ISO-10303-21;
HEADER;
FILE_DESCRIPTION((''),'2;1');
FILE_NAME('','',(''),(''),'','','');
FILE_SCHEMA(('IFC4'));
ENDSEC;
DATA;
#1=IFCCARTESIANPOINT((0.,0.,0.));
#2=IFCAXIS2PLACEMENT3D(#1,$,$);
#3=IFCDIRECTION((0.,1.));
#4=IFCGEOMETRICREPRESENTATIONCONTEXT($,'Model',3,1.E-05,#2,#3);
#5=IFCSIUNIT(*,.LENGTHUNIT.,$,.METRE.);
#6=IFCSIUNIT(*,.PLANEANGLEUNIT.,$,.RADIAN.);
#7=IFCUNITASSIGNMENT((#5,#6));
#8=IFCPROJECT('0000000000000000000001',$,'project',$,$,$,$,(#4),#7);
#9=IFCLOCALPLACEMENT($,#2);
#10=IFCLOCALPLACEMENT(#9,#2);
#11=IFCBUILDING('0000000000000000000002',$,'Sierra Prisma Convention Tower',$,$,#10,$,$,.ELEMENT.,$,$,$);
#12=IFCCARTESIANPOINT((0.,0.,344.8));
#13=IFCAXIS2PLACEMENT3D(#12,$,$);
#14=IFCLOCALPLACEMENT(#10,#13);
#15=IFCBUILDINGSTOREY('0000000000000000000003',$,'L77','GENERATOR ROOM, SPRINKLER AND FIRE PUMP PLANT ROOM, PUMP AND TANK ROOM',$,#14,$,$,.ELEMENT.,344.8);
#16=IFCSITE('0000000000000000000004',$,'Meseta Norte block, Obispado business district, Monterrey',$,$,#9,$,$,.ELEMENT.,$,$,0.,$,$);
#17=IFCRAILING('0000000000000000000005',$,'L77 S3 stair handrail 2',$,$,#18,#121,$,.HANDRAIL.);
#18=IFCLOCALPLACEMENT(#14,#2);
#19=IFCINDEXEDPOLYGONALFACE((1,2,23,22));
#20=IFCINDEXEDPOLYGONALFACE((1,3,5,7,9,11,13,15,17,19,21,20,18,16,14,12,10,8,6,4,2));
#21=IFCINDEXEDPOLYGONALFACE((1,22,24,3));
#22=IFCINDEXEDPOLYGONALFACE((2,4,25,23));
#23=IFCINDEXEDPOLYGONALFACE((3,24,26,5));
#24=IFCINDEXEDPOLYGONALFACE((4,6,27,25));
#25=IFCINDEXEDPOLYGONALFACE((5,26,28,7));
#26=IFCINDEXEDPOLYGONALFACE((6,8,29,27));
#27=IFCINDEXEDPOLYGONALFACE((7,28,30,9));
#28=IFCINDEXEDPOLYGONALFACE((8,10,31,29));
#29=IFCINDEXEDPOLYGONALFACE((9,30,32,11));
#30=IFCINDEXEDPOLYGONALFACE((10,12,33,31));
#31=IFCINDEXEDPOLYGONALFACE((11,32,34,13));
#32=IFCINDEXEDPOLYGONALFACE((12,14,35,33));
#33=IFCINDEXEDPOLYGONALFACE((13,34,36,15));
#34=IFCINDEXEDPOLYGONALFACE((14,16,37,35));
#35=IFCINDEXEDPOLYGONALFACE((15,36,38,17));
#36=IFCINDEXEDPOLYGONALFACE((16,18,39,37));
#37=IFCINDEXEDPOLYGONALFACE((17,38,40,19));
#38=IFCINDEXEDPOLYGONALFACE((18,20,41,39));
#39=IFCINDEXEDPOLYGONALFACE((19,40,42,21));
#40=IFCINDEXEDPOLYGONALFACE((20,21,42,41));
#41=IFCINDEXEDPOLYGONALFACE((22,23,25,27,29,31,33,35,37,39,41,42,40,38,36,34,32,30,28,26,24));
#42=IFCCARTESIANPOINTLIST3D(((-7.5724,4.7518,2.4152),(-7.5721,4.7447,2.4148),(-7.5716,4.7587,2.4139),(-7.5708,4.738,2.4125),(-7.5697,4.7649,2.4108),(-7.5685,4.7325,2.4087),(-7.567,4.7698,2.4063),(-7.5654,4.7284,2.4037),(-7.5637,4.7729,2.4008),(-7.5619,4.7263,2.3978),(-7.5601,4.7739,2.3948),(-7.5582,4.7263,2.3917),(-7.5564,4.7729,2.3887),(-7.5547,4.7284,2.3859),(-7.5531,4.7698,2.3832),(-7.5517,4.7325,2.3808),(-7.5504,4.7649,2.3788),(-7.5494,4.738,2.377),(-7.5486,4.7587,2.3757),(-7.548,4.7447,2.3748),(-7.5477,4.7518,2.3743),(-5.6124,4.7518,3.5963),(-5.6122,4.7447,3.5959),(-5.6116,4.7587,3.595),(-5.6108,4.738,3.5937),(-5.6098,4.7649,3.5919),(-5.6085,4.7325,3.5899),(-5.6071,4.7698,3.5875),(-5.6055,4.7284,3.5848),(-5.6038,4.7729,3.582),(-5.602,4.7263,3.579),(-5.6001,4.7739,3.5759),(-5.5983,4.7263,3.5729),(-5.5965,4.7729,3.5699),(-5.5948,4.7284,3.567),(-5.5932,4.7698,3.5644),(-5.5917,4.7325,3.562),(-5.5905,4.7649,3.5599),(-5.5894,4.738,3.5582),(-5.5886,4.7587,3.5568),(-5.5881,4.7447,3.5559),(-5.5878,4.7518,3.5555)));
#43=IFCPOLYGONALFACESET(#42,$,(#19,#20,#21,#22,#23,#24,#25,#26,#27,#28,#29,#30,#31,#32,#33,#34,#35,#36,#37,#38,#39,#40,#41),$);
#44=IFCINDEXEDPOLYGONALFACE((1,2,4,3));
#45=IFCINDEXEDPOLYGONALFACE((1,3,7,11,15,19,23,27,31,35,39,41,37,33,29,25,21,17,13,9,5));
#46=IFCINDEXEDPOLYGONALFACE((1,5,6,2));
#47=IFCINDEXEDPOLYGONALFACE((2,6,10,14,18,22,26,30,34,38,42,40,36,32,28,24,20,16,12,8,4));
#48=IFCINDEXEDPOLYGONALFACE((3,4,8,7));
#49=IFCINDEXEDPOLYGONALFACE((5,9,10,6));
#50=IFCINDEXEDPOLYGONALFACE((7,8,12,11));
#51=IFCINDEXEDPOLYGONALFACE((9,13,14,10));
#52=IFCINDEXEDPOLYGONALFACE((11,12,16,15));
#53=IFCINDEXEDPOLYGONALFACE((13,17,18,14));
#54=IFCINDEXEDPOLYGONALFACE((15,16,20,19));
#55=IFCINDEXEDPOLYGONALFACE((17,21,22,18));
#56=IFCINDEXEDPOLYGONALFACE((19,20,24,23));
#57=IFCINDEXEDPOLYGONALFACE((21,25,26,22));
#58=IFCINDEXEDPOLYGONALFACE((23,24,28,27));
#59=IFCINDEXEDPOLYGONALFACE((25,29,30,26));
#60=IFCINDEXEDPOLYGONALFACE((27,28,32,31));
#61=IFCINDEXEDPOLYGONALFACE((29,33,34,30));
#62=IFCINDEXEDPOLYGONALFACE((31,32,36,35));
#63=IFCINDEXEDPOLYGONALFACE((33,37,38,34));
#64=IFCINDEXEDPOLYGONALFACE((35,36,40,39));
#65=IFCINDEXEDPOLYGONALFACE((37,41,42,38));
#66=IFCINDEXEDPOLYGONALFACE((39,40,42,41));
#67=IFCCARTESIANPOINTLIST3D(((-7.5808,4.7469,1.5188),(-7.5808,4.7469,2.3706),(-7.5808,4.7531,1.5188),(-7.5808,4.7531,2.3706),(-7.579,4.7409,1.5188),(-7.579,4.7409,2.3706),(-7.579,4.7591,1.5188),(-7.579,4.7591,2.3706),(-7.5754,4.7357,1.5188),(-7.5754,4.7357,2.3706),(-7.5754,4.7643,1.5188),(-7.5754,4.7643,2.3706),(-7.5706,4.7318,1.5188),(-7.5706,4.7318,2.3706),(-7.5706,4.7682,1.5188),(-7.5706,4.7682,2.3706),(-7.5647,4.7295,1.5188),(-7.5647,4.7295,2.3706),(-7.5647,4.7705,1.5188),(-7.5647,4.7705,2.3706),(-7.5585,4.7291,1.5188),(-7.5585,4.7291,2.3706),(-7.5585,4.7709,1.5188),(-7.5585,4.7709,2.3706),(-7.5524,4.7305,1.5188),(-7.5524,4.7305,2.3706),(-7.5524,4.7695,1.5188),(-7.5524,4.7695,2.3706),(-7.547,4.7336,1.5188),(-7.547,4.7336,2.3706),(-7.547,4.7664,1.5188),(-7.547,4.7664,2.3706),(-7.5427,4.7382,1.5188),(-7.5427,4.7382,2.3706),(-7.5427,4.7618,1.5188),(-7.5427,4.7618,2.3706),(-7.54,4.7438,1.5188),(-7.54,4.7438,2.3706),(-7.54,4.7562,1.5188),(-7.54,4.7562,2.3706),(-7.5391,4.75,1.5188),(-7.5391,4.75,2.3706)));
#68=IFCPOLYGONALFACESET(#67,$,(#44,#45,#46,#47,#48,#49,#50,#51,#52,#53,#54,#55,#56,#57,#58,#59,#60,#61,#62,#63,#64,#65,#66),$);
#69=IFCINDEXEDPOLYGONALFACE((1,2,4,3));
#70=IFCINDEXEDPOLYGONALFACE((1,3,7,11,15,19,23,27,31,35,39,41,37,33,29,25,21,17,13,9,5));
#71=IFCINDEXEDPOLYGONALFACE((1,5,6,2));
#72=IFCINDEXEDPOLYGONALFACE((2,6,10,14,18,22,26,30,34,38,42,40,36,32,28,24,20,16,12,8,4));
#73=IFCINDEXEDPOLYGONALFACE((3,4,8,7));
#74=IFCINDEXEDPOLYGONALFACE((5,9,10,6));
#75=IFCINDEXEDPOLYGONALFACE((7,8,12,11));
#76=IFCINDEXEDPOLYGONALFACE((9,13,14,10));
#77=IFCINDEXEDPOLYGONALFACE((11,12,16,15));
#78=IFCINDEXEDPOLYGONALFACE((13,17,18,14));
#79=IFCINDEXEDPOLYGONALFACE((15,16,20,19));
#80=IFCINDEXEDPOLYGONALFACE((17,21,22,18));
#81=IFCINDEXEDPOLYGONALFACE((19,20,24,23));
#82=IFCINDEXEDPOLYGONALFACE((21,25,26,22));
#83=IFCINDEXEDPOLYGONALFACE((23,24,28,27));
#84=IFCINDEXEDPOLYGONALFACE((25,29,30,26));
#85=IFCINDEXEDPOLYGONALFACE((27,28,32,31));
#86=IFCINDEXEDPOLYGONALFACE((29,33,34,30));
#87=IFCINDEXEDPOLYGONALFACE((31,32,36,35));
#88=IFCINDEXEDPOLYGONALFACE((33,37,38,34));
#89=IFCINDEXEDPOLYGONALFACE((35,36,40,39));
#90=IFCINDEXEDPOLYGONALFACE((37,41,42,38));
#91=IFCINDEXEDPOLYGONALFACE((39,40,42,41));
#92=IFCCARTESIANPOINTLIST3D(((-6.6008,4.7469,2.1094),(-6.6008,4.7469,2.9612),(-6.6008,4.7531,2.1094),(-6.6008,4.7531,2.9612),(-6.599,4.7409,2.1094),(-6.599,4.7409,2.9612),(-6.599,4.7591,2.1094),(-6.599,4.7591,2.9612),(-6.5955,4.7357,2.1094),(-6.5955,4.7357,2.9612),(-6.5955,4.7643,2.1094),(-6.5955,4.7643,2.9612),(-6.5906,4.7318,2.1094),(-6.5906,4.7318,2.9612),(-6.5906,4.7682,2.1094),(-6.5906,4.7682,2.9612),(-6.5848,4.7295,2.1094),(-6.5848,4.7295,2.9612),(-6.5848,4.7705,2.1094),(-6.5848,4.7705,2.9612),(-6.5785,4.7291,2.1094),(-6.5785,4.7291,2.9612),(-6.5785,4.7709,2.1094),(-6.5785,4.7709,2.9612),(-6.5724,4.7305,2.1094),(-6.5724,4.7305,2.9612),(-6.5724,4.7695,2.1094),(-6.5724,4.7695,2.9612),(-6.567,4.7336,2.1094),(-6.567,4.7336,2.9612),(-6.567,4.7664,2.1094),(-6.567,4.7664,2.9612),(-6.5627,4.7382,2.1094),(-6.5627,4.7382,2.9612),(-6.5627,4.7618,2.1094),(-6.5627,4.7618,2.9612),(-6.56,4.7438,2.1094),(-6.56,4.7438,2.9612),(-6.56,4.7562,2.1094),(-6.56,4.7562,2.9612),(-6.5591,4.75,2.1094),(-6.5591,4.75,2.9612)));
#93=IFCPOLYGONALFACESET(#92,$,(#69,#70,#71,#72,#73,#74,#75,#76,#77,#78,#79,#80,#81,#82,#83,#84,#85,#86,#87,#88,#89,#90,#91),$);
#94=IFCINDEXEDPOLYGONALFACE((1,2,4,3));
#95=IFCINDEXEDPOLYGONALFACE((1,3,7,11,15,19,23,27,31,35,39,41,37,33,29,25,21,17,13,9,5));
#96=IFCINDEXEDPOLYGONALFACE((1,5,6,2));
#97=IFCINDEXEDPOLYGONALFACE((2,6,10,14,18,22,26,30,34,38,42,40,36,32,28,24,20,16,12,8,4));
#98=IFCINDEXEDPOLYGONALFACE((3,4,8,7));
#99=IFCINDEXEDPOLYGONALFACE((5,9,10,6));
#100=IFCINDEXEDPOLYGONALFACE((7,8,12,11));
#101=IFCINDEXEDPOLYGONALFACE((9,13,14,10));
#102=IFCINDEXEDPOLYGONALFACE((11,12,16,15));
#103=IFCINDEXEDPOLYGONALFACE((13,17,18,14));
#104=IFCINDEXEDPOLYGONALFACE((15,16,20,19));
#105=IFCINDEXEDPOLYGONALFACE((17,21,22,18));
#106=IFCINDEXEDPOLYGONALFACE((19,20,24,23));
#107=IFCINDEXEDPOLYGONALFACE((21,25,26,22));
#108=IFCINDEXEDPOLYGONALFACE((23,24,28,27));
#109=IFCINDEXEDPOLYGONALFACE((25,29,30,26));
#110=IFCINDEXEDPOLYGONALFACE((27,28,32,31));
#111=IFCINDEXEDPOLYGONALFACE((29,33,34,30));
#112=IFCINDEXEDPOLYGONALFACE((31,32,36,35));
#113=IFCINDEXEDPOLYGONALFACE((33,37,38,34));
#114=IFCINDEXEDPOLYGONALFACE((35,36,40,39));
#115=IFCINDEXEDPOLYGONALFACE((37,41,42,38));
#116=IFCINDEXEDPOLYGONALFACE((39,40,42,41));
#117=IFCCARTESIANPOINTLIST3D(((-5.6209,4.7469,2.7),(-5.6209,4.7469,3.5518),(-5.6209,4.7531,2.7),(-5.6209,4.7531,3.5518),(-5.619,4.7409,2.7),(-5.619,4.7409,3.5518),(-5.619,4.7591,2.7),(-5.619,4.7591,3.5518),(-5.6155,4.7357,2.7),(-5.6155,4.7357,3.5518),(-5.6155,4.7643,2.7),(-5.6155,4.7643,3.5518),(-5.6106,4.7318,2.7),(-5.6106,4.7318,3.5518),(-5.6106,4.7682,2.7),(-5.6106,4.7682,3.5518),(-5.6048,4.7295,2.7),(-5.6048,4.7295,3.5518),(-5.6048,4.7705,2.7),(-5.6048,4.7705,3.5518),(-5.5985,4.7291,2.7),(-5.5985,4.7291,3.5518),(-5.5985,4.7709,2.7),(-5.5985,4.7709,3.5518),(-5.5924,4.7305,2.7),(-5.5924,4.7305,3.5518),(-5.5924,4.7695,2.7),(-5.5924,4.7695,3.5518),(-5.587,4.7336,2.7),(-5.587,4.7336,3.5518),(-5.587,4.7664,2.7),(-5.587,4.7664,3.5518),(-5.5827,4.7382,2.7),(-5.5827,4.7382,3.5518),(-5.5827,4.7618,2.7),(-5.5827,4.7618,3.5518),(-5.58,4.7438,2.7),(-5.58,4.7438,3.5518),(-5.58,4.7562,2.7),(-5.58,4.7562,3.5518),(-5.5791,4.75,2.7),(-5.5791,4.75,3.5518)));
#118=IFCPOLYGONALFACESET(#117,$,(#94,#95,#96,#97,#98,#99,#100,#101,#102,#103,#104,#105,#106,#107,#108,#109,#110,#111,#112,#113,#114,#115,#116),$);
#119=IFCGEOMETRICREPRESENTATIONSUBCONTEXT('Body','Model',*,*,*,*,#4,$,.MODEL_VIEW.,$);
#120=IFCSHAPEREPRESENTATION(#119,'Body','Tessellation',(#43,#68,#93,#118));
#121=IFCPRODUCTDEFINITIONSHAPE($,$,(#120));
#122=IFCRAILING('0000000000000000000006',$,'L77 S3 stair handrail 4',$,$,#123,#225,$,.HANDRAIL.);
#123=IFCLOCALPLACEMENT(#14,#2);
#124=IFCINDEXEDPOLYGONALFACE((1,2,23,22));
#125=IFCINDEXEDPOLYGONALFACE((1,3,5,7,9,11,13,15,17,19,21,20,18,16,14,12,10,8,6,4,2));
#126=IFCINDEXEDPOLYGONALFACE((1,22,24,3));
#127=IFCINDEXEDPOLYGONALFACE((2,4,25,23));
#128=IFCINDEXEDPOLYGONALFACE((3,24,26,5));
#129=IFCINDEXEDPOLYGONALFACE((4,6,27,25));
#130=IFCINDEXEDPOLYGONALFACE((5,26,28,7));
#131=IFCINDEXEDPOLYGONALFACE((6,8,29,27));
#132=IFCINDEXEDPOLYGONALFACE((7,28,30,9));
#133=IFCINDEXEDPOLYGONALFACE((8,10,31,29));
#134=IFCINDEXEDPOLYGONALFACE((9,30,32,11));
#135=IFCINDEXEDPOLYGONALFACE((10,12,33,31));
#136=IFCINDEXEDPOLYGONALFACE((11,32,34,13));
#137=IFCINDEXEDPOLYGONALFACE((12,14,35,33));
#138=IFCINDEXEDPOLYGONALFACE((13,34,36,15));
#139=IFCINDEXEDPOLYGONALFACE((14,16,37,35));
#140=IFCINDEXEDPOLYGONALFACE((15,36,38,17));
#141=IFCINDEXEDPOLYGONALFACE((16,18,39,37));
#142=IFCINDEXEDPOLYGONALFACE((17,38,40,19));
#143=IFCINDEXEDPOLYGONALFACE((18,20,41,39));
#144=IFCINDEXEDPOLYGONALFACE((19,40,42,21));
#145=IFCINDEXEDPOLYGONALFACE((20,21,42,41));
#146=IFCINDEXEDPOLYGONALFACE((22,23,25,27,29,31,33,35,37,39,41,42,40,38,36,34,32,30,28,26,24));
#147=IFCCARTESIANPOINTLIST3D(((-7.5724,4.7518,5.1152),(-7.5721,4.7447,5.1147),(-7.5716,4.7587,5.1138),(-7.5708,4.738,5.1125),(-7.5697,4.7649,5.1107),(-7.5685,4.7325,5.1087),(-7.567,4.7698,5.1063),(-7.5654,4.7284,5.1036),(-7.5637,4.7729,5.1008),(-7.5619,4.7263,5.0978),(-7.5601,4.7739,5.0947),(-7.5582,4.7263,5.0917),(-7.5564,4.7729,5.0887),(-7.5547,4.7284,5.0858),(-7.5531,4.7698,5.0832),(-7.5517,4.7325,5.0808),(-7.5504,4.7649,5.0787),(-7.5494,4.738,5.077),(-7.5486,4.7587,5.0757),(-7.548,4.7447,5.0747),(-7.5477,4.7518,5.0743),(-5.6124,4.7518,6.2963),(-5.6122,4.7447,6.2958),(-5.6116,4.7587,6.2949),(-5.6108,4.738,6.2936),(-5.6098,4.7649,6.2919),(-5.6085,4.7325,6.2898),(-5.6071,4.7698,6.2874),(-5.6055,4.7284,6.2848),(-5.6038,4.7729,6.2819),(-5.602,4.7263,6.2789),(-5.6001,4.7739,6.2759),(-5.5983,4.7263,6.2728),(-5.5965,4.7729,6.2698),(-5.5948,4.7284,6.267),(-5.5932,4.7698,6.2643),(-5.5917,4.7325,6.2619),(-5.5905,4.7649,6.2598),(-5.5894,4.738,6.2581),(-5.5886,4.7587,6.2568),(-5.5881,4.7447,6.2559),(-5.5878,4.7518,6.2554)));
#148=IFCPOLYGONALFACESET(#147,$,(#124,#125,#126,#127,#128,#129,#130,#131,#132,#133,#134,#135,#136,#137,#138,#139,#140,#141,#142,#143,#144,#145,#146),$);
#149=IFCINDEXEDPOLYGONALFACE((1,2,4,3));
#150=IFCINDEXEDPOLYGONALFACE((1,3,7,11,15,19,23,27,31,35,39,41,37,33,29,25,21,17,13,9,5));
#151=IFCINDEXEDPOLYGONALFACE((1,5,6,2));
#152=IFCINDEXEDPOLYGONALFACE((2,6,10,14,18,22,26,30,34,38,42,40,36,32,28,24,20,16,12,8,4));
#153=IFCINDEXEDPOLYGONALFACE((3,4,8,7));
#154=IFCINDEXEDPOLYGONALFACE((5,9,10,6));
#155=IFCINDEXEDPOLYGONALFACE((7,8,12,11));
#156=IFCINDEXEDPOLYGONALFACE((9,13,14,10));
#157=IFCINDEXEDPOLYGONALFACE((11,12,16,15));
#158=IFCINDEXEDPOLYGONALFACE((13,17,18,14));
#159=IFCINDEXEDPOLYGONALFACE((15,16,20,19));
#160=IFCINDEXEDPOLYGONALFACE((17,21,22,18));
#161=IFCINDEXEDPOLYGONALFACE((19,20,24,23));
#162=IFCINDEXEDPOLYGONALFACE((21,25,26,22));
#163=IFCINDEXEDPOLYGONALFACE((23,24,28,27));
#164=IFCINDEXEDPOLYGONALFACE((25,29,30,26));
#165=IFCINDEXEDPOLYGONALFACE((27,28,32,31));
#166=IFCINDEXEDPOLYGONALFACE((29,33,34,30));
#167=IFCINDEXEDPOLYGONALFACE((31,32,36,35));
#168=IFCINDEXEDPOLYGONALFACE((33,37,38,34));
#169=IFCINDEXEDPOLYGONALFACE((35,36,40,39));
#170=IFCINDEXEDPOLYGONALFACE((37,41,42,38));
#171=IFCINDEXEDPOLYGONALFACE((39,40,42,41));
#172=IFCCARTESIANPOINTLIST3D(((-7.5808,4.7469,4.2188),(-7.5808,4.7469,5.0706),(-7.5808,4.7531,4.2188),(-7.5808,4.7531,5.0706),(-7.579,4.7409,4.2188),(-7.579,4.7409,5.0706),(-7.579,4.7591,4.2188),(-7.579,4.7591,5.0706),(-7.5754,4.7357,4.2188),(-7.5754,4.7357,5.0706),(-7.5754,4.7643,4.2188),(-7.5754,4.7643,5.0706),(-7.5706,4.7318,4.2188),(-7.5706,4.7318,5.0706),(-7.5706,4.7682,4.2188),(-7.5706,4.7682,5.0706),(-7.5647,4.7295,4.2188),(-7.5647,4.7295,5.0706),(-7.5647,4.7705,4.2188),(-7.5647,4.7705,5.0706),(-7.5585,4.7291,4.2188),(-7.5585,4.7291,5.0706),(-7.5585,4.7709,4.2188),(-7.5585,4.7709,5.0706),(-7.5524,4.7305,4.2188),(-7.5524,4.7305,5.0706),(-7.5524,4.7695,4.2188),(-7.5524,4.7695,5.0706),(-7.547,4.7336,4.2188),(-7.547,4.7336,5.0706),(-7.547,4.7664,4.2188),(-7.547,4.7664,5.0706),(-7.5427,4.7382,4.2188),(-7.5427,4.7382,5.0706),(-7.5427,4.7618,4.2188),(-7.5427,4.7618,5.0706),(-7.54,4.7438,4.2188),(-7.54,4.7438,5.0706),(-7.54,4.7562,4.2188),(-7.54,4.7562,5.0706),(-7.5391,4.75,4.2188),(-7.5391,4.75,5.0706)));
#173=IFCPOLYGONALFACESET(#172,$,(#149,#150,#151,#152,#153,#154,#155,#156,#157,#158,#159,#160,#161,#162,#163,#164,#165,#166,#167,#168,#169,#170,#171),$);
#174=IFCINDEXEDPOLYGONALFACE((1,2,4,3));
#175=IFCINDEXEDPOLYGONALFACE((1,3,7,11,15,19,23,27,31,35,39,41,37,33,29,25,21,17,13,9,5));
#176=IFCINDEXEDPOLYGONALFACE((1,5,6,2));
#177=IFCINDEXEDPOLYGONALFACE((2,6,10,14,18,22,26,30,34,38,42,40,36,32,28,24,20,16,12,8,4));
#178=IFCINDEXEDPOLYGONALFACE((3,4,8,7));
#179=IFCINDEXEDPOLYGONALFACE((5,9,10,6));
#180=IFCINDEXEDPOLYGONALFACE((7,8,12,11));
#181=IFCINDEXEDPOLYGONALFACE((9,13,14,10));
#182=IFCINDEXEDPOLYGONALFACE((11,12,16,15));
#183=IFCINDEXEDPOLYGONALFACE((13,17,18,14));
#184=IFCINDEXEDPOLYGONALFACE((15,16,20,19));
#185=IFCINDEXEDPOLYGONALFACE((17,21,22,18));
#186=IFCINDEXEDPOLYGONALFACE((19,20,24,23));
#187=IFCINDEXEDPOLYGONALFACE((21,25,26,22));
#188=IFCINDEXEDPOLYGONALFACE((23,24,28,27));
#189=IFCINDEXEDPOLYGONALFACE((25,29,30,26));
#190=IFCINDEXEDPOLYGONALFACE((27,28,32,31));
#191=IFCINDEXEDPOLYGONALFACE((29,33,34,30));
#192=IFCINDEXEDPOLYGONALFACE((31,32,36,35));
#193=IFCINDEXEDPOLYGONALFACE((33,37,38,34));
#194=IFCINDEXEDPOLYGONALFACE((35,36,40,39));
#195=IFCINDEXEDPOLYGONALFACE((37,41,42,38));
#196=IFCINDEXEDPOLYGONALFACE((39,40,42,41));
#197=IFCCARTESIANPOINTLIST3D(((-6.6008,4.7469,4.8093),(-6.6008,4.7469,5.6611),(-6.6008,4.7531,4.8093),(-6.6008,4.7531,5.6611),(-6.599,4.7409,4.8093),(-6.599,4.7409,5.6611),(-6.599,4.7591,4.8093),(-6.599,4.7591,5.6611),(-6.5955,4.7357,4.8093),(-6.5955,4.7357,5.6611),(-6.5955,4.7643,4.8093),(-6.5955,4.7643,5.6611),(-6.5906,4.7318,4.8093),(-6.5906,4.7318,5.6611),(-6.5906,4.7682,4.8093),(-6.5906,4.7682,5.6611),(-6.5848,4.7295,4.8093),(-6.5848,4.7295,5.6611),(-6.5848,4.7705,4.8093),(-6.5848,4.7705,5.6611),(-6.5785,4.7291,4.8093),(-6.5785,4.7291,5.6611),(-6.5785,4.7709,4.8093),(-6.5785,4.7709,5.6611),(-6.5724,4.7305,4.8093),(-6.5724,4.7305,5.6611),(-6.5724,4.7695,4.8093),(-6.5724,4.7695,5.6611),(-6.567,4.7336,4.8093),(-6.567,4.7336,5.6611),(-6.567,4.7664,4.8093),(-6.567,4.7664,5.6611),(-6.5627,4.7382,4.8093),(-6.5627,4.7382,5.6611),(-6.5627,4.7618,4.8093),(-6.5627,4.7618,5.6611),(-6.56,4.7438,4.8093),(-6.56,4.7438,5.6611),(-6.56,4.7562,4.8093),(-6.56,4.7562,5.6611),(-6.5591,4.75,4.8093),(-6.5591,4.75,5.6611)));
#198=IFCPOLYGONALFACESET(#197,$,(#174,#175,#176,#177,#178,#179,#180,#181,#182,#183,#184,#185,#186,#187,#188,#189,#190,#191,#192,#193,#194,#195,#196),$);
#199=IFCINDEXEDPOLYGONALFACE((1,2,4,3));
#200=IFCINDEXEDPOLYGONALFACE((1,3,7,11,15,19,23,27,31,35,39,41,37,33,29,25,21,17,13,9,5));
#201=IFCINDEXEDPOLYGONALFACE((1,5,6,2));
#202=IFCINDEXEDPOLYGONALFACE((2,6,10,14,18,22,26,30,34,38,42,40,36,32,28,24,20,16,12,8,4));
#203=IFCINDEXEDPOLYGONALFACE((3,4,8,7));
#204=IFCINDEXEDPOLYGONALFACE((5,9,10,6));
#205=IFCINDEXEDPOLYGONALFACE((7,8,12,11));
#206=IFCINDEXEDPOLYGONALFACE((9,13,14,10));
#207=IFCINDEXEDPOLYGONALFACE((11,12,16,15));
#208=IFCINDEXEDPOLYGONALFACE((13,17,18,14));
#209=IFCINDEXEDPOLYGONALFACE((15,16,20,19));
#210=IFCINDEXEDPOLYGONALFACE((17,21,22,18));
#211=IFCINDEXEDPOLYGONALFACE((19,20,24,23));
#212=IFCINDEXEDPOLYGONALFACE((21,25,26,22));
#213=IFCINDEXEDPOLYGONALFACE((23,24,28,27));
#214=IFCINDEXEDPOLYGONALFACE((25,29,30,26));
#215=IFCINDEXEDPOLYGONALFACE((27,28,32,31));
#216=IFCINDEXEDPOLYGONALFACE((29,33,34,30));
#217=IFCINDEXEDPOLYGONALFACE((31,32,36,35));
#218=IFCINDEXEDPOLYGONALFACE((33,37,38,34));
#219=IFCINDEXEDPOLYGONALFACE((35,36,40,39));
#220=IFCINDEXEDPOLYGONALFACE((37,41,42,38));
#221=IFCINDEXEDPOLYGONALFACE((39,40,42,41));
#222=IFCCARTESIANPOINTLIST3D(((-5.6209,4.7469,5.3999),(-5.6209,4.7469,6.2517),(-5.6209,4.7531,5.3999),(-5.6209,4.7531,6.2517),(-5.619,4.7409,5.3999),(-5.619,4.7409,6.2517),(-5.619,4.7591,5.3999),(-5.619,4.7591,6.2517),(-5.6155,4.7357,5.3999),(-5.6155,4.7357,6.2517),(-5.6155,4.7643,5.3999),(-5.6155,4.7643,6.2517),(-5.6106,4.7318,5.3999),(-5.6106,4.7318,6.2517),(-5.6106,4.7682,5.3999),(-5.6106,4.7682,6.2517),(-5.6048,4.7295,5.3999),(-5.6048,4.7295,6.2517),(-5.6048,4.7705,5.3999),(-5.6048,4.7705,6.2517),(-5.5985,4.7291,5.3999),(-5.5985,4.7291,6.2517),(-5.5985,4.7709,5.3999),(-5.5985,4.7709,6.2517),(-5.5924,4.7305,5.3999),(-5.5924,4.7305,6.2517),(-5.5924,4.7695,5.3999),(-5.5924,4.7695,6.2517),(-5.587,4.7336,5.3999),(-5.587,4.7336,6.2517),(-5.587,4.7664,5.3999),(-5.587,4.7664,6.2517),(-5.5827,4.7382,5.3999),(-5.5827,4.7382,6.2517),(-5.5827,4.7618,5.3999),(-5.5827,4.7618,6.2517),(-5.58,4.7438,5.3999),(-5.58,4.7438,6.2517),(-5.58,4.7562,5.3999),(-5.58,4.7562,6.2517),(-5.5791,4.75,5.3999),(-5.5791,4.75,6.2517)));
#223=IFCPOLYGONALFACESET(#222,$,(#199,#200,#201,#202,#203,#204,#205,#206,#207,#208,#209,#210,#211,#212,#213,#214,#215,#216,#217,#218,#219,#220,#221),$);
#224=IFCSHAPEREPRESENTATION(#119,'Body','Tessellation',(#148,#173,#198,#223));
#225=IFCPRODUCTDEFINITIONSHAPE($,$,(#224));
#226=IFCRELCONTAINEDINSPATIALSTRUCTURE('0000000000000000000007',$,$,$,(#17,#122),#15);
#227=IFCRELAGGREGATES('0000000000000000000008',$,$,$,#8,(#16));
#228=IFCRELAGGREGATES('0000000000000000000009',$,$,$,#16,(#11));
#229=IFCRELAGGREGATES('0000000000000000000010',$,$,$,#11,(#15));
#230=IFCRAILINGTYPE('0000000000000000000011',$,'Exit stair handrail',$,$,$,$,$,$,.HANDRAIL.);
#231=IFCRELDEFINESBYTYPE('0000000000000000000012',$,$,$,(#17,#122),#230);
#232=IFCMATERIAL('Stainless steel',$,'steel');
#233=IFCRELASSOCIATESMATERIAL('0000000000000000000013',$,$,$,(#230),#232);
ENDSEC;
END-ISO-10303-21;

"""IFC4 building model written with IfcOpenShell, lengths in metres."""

from ifc_helpers import new_model, si_unit, direction, frame, origin, origin_2d, place, context, subcontext, project, spatial, circle, extrude, material, type_object, element, save


model = new_model("IFC4")

# Units and contexts
model_context = context("Model", 3, precision=1e-05, world=origin(), true_north=direction((0.0, 1.0)))
body_context = subcontext(model_context, "Body", "Model", "MODEL_VIEW")
ifc_project = project(units=[si_unit("LENGTHUNIT", "METRE"), si_unit("PLANEANGLEUNIT", "RADIAN")], contexts=[model_context])

# Site, building, storey
site_placement = place(None, origin())
site = spatial("IfcSite", under=ifc_project, at=site_placement, Name="Meseta Norte block, Obispado business district, Monterrey", CompositionType="ELEMENT", RefElevation=0.0)
building_placement = place(site_placement, origin())
building = spatial("IfcBuilding", under=site, at=building_placement, Name="Sierra Prisma Convention Tower", CompositionType="ELEMENT")
storey_placement = place(building_placement, frame((0.0, 0.0, 344.8)))
storey = spatial("IfcBuildingStorey", under=building, at=storey_placement, Name="L77", Description="GENERATOR ROOM, SPRINKLER AND FIRE PUMP PLANT ROOM, PUMP AND TANK ROOM", CompositionType="ELEMENT", Elevation=344.8)

# Railings
ifc_material_1 = material(Name="Stainless steel", Category="steel")
railing_type = type_object("IfcRailingType", Name="Exit stair handrail", PredefinedType="HANDRAIL", material=ifc_material_1)
for number, where, name in (
    (1, (-7.5601, 4.75, 1.5188), "L77 S3 stair handrail 2"),
    (2, (-7.5601, 4.75, 4.2188), "L77 S3 stair handrail 4"),
):
    element("IfcRailing", number, at=place(storey_placement, frame(where)), inside=storey, type_object=railing_type, Name=name, PredefinedType="HANDRAIL", context=body_context, shape_type="SweptSolid", body=[
        extrude(circle(Radius=0.0239, at=origin_2d()), frame((0.0, 0.0, 0.876), z_axis=(0.856493, 0.0, 0.516158), x_axis=(0.0, 1.0, 0.0)), (0.0, 0.0, 1.0), 2.2883),
        extrude(circle(Radius=0.021, at=origin_2d()), origin(), (0.0, 0.0, 1.0), 0.8518),
        extrude(circle(Radius=0.021, at=origin_2d()), frame((0.98, 0.0, 0.5906)), (0.0, 0.0, 1.0), 0.8518),
        extrude(circle(Radius=0.021, at=origin_2d()), frame((1.96, 0.0, 1.1812)), (0.0, 0.0, 1.0), 0.8518),
    ])

save(model, "model.ifc")
